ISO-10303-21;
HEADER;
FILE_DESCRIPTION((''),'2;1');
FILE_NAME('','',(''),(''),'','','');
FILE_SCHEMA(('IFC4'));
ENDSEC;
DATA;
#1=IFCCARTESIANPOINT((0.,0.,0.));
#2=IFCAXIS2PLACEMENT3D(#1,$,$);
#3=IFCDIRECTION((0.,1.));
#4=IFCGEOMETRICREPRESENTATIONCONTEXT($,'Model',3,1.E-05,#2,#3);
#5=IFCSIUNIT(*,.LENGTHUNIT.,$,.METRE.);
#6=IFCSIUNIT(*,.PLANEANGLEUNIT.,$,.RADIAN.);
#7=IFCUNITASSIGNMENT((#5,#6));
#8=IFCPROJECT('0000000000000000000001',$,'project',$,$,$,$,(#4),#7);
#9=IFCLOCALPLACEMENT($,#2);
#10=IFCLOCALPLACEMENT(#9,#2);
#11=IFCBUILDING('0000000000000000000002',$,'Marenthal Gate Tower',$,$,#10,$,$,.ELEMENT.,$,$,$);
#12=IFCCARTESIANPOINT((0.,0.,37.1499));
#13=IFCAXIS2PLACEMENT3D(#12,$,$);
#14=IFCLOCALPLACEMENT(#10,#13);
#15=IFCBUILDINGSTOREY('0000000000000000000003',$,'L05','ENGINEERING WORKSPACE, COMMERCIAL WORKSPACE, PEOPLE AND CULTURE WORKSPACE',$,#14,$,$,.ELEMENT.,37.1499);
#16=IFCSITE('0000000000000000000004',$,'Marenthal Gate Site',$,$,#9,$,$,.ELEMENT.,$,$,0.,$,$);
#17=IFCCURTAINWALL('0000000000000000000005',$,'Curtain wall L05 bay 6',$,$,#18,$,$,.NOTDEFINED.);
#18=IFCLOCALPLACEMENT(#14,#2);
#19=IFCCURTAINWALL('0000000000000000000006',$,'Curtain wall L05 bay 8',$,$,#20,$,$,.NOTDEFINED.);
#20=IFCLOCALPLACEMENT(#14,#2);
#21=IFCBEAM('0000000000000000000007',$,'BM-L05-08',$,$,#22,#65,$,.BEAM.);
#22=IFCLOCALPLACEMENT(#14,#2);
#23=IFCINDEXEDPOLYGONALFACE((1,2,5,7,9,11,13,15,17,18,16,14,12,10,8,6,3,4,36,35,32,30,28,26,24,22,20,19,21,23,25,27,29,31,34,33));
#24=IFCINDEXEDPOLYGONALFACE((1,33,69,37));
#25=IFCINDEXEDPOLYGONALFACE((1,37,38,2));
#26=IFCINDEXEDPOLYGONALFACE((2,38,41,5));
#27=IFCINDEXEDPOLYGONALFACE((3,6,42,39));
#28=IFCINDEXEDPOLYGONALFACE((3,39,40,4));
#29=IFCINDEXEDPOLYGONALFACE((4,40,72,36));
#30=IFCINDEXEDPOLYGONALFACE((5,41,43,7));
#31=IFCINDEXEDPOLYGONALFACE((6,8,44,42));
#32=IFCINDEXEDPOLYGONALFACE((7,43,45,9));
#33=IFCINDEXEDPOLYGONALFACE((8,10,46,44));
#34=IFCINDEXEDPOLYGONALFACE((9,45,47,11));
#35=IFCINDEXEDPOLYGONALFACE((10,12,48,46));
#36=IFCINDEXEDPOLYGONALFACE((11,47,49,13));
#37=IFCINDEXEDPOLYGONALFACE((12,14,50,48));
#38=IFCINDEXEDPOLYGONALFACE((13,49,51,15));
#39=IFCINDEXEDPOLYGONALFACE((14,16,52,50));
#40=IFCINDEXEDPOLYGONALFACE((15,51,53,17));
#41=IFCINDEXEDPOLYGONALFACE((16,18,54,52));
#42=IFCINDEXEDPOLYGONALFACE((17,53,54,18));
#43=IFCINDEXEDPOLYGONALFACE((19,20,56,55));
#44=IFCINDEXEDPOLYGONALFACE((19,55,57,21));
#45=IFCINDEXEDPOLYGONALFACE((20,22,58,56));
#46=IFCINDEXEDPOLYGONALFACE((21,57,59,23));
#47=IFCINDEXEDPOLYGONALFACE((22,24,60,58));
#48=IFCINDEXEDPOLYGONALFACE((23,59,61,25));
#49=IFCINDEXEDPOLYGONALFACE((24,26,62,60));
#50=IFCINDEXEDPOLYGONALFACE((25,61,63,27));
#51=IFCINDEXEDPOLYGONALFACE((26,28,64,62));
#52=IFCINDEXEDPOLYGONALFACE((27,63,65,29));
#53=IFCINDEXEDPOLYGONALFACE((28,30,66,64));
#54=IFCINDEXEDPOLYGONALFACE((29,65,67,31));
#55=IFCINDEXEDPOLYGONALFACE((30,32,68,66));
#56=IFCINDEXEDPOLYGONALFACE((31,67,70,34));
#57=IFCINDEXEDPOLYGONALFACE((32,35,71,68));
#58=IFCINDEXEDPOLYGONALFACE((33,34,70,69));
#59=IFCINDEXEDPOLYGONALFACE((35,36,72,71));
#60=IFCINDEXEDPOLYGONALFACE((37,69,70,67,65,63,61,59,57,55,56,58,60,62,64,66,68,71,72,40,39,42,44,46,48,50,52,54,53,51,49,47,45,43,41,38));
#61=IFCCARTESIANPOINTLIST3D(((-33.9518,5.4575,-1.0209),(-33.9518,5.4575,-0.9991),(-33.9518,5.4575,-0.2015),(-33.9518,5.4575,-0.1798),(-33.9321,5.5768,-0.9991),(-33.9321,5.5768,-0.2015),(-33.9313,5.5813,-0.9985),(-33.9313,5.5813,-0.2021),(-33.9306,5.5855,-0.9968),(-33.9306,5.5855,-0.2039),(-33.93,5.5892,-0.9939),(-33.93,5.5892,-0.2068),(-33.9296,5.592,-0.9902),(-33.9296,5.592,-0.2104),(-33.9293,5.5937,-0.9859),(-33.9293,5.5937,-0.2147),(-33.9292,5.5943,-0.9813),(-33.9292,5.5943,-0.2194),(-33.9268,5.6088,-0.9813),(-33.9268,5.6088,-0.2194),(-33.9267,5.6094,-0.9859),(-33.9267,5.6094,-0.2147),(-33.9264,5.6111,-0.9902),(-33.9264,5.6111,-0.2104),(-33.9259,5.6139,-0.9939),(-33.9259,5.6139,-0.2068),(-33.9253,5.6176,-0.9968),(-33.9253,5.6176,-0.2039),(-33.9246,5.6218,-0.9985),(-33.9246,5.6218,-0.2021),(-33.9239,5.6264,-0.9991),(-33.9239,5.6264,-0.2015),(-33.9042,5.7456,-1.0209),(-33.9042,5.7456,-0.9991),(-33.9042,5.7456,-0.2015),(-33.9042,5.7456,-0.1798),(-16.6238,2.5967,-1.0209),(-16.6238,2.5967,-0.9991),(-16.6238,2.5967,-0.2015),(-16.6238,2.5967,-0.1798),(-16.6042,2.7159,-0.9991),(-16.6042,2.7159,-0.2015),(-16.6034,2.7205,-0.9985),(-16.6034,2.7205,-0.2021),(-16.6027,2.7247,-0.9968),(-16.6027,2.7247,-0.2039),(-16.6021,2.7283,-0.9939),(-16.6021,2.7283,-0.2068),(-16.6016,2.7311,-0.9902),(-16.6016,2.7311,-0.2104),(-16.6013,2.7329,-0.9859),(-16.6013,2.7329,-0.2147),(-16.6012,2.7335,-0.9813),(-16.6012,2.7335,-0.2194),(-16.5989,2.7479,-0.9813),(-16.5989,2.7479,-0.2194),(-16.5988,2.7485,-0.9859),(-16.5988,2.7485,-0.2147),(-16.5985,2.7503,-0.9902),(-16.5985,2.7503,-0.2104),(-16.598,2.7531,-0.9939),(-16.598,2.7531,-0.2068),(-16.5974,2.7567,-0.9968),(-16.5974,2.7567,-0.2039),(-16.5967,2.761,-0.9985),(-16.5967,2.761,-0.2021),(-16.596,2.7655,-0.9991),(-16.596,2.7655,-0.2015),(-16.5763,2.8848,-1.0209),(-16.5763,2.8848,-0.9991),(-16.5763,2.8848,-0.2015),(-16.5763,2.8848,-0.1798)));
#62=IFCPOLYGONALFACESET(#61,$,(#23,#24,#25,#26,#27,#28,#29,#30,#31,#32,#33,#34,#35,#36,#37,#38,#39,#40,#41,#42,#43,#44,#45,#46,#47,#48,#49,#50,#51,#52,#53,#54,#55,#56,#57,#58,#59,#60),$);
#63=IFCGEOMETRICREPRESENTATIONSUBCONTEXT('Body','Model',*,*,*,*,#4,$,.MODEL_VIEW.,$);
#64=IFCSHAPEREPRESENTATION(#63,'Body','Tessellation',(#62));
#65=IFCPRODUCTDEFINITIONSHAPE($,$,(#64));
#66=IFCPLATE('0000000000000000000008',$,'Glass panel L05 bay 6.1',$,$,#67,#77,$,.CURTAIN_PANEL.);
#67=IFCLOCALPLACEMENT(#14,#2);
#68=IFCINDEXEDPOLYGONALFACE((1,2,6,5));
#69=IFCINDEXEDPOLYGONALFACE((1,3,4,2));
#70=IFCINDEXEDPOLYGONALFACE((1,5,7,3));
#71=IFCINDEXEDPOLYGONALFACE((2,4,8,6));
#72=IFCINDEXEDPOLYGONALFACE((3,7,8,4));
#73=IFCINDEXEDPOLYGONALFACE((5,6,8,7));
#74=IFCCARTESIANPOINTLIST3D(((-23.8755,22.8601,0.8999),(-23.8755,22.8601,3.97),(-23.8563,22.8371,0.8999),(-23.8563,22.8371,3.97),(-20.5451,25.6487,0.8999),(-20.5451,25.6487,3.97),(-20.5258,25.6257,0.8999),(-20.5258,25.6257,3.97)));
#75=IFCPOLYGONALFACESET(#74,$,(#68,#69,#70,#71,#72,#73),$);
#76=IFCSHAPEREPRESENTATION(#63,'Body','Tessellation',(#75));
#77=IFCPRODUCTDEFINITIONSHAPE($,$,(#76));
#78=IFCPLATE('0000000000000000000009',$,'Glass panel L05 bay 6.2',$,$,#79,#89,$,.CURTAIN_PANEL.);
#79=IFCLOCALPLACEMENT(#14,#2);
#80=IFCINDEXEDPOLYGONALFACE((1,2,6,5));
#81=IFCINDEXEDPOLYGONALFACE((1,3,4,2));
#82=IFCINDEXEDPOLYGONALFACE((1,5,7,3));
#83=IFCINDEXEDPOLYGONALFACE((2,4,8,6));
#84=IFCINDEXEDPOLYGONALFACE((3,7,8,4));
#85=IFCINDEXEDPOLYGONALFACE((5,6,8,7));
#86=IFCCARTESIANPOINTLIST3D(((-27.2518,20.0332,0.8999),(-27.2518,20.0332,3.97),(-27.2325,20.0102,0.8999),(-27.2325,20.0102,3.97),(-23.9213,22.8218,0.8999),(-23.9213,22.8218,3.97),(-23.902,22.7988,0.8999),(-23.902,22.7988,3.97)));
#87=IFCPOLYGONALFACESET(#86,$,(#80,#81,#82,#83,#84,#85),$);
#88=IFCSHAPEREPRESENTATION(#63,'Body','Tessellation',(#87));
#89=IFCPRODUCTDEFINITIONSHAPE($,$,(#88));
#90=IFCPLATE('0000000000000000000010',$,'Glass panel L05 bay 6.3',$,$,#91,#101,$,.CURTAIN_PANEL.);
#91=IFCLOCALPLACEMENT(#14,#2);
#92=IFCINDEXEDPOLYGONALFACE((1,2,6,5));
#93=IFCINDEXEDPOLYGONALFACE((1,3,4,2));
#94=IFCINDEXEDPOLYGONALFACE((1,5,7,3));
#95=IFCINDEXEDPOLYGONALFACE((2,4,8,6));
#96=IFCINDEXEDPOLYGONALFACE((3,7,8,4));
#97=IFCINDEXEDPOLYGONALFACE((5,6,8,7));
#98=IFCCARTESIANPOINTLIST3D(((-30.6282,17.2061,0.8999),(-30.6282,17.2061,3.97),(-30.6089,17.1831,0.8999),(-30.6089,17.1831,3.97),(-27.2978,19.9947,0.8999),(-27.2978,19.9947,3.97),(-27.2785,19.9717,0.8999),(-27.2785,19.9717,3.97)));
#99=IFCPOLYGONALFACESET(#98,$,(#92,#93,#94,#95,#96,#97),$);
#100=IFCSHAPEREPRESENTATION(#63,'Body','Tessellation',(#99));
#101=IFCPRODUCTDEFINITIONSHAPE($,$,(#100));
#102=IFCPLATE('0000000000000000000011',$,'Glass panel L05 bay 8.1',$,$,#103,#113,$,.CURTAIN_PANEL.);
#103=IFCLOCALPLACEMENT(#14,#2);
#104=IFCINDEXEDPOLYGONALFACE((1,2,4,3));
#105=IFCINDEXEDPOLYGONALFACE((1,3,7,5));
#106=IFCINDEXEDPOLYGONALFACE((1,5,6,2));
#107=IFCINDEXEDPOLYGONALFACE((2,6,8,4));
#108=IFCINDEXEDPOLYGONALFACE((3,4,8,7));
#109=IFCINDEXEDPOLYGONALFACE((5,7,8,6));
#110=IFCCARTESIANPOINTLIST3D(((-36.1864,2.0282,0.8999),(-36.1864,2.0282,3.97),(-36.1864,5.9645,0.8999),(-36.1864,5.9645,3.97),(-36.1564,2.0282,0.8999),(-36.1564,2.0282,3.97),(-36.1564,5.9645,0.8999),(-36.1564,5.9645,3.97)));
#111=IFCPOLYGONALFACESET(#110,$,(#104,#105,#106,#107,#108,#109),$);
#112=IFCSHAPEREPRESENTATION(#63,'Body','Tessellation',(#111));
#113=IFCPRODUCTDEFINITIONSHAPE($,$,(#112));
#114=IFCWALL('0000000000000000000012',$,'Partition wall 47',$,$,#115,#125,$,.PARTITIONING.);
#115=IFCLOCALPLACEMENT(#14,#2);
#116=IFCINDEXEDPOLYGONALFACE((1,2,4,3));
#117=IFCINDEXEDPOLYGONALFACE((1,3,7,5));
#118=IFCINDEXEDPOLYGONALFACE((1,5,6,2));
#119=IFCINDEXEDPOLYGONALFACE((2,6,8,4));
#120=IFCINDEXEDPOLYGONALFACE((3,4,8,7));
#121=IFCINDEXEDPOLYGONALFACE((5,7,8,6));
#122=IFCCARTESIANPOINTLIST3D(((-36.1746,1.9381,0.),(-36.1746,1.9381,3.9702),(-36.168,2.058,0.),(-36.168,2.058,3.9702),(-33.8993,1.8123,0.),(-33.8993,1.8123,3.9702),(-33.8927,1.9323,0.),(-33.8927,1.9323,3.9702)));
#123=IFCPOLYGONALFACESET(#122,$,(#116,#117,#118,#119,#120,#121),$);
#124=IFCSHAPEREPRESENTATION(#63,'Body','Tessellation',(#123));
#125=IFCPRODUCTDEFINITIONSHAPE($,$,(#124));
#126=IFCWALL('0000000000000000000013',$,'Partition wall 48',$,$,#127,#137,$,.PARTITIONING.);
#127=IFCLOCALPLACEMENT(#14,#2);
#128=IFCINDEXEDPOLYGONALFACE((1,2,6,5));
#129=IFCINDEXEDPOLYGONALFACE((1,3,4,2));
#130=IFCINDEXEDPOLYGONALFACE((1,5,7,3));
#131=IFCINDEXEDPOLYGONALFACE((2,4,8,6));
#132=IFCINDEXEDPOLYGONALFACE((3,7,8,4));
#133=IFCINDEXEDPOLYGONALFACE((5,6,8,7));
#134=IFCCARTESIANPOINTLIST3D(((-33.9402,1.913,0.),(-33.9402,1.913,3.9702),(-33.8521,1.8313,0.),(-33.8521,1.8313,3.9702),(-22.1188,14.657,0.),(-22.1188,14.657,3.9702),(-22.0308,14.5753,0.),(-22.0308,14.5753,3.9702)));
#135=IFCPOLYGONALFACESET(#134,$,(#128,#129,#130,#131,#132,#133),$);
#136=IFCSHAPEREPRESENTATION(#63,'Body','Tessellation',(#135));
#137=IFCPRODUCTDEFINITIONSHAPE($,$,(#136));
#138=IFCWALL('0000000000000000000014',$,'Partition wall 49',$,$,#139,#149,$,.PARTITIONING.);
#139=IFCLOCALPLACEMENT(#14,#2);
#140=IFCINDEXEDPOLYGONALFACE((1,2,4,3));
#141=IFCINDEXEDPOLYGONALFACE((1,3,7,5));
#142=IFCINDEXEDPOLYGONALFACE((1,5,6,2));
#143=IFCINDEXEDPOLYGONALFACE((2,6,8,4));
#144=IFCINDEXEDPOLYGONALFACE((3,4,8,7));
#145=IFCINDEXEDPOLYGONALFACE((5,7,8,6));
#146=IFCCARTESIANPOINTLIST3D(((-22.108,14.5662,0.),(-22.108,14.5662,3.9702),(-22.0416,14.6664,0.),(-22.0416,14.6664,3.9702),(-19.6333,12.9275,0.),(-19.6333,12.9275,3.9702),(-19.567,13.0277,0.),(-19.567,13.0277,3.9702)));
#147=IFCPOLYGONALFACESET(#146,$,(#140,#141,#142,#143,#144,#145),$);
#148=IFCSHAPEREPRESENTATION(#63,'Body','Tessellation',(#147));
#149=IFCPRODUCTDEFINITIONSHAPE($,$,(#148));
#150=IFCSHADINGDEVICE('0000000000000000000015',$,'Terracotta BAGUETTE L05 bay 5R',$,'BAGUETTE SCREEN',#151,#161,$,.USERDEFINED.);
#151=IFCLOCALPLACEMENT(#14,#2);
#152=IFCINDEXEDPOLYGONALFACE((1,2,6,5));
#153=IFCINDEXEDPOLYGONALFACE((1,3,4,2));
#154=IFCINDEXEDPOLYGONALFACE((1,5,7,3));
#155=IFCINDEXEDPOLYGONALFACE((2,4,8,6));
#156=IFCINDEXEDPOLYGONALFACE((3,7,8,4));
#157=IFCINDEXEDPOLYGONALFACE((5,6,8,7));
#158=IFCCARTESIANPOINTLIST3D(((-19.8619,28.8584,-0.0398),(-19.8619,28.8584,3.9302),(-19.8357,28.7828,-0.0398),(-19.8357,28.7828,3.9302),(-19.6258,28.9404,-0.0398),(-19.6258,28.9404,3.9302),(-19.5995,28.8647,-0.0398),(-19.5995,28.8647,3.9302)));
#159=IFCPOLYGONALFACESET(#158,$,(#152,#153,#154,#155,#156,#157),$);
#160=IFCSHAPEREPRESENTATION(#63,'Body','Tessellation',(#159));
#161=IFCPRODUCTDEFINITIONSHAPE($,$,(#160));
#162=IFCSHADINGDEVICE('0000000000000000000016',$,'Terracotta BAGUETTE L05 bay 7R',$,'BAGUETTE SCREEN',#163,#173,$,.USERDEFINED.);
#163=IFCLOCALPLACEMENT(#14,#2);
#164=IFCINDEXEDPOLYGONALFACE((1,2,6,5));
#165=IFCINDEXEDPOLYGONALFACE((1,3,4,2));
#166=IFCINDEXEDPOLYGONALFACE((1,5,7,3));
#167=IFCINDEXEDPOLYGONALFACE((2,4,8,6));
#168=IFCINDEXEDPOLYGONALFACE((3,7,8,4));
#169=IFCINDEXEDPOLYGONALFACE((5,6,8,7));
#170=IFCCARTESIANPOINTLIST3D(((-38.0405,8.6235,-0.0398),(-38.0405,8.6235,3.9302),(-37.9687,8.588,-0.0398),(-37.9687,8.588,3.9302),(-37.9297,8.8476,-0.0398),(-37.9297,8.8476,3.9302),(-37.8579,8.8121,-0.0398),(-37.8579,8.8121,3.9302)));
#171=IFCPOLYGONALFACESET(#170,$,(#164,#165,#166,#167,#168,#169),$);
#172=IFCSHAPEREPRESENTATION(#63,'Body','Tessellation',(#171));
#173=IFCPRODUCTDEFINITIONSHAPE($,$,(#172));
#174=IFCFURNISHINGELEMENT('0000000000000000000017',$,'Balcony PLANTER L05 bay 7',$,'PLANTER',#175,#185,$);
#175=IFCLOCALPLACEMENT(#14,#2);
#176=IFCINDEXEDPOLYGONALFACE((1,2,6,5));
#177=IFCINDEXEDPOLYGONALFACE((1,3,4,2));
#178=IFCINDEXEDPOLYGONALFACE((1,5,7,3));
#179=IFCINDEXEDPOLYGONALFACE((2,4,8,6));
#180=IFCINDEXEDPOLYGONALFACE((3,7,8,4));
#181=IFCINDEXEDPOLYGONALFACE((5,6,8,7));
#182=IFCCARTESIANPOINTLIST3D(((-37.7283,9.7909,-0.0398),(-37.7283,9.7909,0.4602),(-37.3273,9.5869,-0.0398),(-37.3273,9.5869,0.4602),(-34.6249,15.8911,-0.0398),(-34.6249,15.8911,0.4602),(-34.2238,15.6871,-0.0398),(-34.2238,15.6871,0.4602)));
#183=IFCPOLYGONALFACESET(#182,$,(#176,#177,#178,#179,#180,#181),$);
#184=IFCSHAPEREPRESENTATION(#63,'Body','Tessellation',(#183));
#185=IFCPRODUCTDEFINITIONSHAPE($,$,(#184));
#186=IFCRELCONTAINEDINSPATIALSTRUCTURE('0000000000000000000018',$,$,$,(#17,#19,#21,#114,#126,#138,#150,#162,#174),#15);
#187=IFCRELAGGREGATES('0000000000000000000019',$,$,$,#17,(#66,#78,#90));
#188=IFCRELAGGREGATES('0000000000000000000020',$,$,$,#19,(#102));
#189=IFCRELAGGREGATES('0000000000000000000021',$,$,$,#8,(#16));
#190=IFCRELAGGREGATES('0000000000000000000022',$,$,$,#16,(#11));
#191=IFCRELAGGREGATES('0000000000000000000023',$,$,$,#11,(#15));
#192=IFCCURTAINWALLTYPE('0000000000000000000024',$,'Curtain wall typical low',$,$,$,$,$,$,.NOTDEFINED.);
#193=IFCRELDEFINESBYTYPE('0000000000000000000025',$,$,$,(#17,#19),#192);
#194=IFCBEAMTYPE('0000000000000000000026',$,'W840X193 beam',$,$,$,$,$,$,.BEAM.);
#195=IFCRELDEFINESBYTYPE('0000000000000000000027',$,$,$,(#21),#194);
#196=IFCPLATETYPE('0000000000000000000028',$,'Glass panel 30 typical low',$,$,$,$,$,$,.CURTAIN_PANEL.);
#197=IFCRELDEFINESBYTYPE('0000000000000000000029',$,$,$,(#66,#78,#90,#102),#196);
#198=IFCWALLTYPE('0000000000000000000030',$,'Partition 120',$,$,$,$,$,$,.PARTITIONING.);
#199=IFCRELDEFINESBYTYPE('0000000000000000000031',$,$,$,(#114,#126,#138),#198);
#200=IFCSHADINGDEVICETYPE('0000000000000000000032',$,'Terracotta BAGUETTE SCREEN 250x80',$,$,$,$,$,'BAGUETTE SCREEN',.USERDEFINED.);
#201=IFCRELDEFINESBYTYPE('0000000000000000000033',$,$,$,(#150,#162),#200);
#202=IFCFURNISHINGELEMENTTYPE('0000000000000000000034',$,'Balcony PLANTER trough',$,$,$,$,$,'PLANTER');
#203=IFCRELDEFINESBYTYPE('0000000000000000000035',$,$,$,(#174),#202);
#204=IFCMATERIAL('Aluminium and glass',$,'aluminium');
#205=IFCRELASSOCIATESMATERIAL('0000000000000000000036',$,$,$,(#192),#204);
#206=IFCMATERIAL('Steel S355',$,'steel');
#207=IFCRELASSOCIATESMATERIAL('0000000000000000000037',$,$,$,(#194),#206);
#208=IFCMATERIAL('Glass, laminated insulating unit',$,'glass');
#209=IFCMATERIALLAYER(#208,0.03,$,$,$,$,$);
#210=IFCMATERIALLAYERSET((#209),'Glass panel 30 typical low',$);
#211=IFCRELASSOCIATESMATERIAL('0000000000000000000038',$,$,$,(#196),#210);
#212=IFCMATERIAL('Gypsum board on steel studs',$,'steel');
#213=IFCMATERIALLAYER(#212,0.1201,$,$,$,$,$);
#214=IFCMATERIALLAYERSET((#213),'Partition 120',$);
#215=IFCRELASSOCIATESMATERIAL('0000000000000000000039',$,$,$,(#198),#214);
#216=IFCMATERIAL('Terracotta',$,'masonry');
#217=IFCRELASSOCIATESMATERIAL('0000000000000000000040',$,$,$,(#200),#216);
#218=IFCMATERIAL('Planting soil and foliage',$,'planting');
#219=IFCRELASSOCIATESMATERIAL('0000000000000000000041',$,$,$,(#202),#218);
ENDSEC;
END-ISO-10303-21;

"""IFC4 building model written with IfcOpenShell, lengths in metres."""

from ifc_helpers import new_model, si_unit, direction, frame, frame_2d, origin, origin_2d, place, context, subcontext, project, spatial, rectangle, i_section, extrude, material, layer, layer_set, material_profile, profile_set, type_object, element, aggregate, save


model = new_model("IFC4")

# Units and contexts
model_context = context("Model", 3, precision=1e-05, world=origin(), true_north=direction((0.0, 1.0)))
body_context = subcontext(model_context, "Body", "Model", "MODEL_VIEW")
ifc_project = project(units=[si_unit("LENGTHUNIT", "METRE"), si_unit("PLANEANGLEUNIT", "RADIAN")], contexts=[model_context])

# Site, building, storey
site_placement = place(None, origin())
site = spatial("IfcSite", under=ifc_project, at=site_placement, Name="Marenthal Gate Site", CompositionType="ELEMENT", RefElevation=0.0)
building_placement = place(site_placement, origin())
building = spatial("IfcBuilding", under=site, at=building_placement, Name="Marenthal Gate Tower", CompositionType="ELEMENT")
storey_placement = place(building_placement, frame((0.0, 0.0, 37.1499)))
storey = spatial("IfcBuildingStorey", under=building, at=storey_placement, Name="L05", Description="ENGINEERING WORKSPACE, COMMERCIAL WORKSPACE, PEOPLE AND CULTURE WORKSPACE", CompositionType="ELEMENT", Elevation=37.1499)

# Curtain walls
ifc_material_1 = material(Name="Aluminium and glass", Category="aluminium")
curtain_wall_type = type_object("IfcCurtainWallType", Name="Curtain wall typical low", PredefinedType="NOTDEFINED", material=ifc_material_1)
curtain_wall_1_placement = place(storey_placement, origin())
curtain_wall_1 = element("IfcCurtainWall", 1, at=curtain_wall_1_placement, inside=storey, type_object=curtain_wall_type, Name="Curtain wall L05 bay 6", PredefinedType="NOTDEFINED")
curtain_wall_2_placement = place(storey_placement, origin())
curtain_wall_2 = element("IfcCurtainWall", 2, at=curtain_wall_2_placement, inside=storey, type_object=curtain_wall_type, Name="Curtain wall L05 bay 8", PredefinedType="NOTDEFINED")

# Beam
ifc_material_2 = material(Name="Steel S355", Category="steel")
ifc_material_profile_1 = material_profile(ifc_material_2, i_section(OverallWidth=0.292, OverallDepth=0.8411, WebThickness=0.0146, FlangeThickness=0.0217, FilletRadius=0.0178, at=origin_2d()), Name="W840X193")
ifc_profile_set_1 = profile_set([ifc_material_profile_1], Name="Steel S355")
beam_type_1 = type_object("IfcBeamType", Name="W840X193 beam", PredefinedType="BEAM", material=ifc_profile_set_1)
beam_1_placement = place(storey_placement, frame((-33.928, 5.6016, -0.6003), z_axis=(0.986643, -0.162895, 0.0), x_axis=(0.162895, 0.986643, 0.0)))
element("IfcBeam", 3, at=beam_1_placement, inside=storey, type_object=beam_type_1, Name="BM-L05-08", PredefinedType="BEAM", context=body_context, shape_type="SweptSolid", body=[
    extrude(i_section(OverallWidth=0.292, OverallDepth=0.8411, WebThickness=0.0146, FlangeThickness=0.0217, FilletRadius=0.0178, at=origin_2d()), origin(), (0.0, 0.0, 1.0), 17.5625),
])

# Plates
ifc_material_3 = material(Name="Glass, laminated insulating unit", Category="glass")
ifc_layer_1 = layer(ifc_material_3, 0.03)
ifc_layer_set_1 = layer_set([ifc_layer_1], Name="Glass panel 30 typical low")
plate_type = type_object("IfcPlateType", Name="Glass panel 30 typical low", PredefinedType="CURTAIN_PANEL", material=ifc_layer_set_1)
plate_1_placement = place(storey_placement, frame((-22.2007, 24.2429, 0.8999), z_axis=(0.0, 0.0, 1.0), x_axis=(-0.76672, -0.641982, 0.0)))
plate_1 = element("IfcPlate", 4, at=plate_1_placement, type_object=plate_type, Name="Glass panel L05 bay 6.1", PredefinedType="CURTAIN_PANEL", context=body_context, shape_type="SweptSolid", body=[
    extrude(rectangle(XDim=4.3438, YDim=0.03, at=origin_2d()), origin(), (0.0, 0.0, 1.0), 3.0701),
])
plate_2_placement = place(storey_placement, frame((-25.5769, 21.416, 0.8999), z_axis=(0.0, 0.0, 1.0), x_axis=(-0.76672, -0.641982, 0.0)))
plate_2 = element("IfcPlate", 5, at=plate_2_placement, type_object=plate_type, Name="Glass panel L05 bay 6.2", PredefinedType="CURTAIN_PANEL", context=body_context, shape_type="SweptSolid", body=[
    extrude(rectangle(XDim=4.3438, YDim=0.03, at=origin_2d()), origin(), (0.0, 0.0, 1.0), 3.0701),
])
plate_3_placement = place(storey_placement, frame((-28.9534, 18.5889, 0.8999), z_axis=(0.0, 0.0, 1.0), x_axis=(-0.76672, -0.641982, 0.0)))
plate_3 = element("IfcPlate", 6, at=plate_3_placement, type_object=plate_type, Name="Glass panel L05 bay 6.3", PredefinedType="CURTAIN_PANEL", context=body_context, shape_type="SweptSolid", body=[
    extrude(rectangle(XDim=4.3438, YDim=0.03, at=origin_2d()), origin(), (0.0, 0.0, 1.0), 3.0701),
])
aggregate(curtain_wall_1, [plate_1, plate_2, plate_3])
plate_4_placement = place(storey_placement, frame((-36.1714, 3.9963, 0.8999), z_axis=(0.0, 0.0, 1.0), x_axis=(0.0, -1.0, 0.0)))
plate_4 = element("IfcPlate", 7, at=plate_4_placement, type_object=plate_type, Name="Glass panel L05 bay 8.1", PredefinedType="CURTAIN_PANEL", context=body_context, shape_type="SweptSolid", body=[
    extrude(rectangle(XDim=3.9363, YDim=0.03, at=origin_2d()), origin(), (0.0, 0.0, 1.0), 3.0701),
])
aggregate(curtain_wall_2, [plate_4])

# Walls
ifc_material_4 = material(Name="Gypsum board on steel studs", Category="steel")
ifc_layer_2 = layer(ifc_material_4, 0.1201)
ifc_layer_set_2 = layer_set([ifc_layer_2], Name="Partition 120")
wall_type_1 = type_object("IfcWallType", Name="Partition 120", PredefinedType="PARTITIONING", material=ifc_layer_set_2)
wall_1_placement = place(storey_placement, frame((-33.896, 1.8723, 0.0), z_axis=(0.0, 0.0, 1.0), x_axis=(-0.998477, 0.055173, 0.0)))
element("IfcWall", 8, at=wall_1_placement, inside=storey, type_object=wall_type_1, Name="Partition wall 47", PredefinedType="PARTITIONING", context=body_context, shape_type="SweptSolid", body=[
    extrude(rectangle(XDim=2.2788, YDim=0.1201, at=frame_2d((1.1394, 0.0))), origin(), (0.0, 0.0, 1.0), 3.9702),
])
wall_2_placement = place(storey_placement, frame((-22.0747, 14.6162, 0.0), z_axis=(0.0, 0.0, 1.0), x_axis=(-0.68007, -0.733147, 0.0)))
element("IfcWall", 9, at=wall_2_placement, inside=storey, type_object=wall_type_1, Name="Partition wall 48", PredefinedType="PARTITIONING", context=body_context, shape_type="SweptSolid", body=[
    extrude(rectangle(XDim=17.3826, YDim=0.1201, at=frame_2d((8.6914, 0.0))), origin(), (0.0, 0.0, 1.0), 3.9702),
])
wall_3_placement = place(storey_placement, frame((-22.0747, 14.6162, 0.0), z_axis=(0.0, 0.0, 1.0), x_axis=(0.833767, -0.552116, 0.0)))
element("IfcWall", 10, at=wall_3_placement, inside=storey, type_object=wall_type_1, Name="Partition wall 49", PredefinedType="PARTITIONING", context=body_context, shape_type="SweptSolid", body=[
    extrude(rectangle(XDim=2.968, YDim=0.1201, at=frame_2d((1.4839, 0.0))), origin(), (0.0, 0.0, 1.0), 3.9702),
])

# Shading devices
ifc_material_5 = material(Name="Terracotta", Category="masonry")
ifc_material_profile_2 = material_profile(ifc_material_5, rectangle(XDim=0.25, YDim=0.0801, at=origin_2d()), Name="Terracotta baguette 250x80")
ifc_profile_set_2 = profile_set([ifc_material_profile_2], Name="Terracotta")
shading_device_type = type_object("IfcShadingDeviceType", Name="Terracotta BAGUETTE SCREEN 250x80", ElementType="BAGUETTE SCREEN", PredefinedType="USERDEFINED", material=ifc_profile_set_2)
for number, where, z_axis, x_axis, name in (
    (11, (-19.7307, 28.8616, -0.0398), (0.0, 0.0, 1.0), (-0.944708, -0.327912, 0.0), "Terracotta BAGUETTE L05 bay 5R"),
    (12, (-37.9492, 8.7178, -0.0398), (0.0, 0.0, 1.0), (-0.44312, -0.896462, 0.0), "Terracotta BAGUETTE L05 bay 7R"),
):
    element("IfcShadingDevice", number, at=place(storey_placement, frame(where, z_axis=z_axis, x_axis=x_axis)), inside=storey, type_object=shading_device_type, Name=name, ObjectType="BAGUETTE SCREEN", PredefinedType="USERDEFINED", context=body_context, shape_type="SweptSolid", body=[
        extrude(rectangle(XDim=0.25, YDim=0.0801, at=origin_2d()), origin(), (0.0, 0.0, 1.0), 3.97),
    ])

# Furnishing element
ifc_material_6 = material(Name="Planting soil and foliage", Category="planting")
furnishing_element_type = type_object("IfcFurnishingElementType", Name="Balcony PLANTER trough", ElementType="PLANTER", material=ifc_material_6)
furnishing_placement = place(storey_placement, frame((-35.9761, 12.739, -0.0398), z_axis=(0.0, 0.0, 1.0), x_axis=(-0.453437, -0.891288, 0.0)))
element("IfcFurnishingElement", 13, at=furnishing_placement, inside=storey, type_object=furnishing_element_type, Name="Balcony PLANTER L05 bay 7", ObjectType="PLANTER", context=body_context, shape_type="SweptSolid", body=[
    extrude(rectangle(XDim=6.8442, YDim=0.45, at=origin_2d()), origin(), (0.0, 0.0, 1.0), 0.5),
])

save(model, "model.ifc")
